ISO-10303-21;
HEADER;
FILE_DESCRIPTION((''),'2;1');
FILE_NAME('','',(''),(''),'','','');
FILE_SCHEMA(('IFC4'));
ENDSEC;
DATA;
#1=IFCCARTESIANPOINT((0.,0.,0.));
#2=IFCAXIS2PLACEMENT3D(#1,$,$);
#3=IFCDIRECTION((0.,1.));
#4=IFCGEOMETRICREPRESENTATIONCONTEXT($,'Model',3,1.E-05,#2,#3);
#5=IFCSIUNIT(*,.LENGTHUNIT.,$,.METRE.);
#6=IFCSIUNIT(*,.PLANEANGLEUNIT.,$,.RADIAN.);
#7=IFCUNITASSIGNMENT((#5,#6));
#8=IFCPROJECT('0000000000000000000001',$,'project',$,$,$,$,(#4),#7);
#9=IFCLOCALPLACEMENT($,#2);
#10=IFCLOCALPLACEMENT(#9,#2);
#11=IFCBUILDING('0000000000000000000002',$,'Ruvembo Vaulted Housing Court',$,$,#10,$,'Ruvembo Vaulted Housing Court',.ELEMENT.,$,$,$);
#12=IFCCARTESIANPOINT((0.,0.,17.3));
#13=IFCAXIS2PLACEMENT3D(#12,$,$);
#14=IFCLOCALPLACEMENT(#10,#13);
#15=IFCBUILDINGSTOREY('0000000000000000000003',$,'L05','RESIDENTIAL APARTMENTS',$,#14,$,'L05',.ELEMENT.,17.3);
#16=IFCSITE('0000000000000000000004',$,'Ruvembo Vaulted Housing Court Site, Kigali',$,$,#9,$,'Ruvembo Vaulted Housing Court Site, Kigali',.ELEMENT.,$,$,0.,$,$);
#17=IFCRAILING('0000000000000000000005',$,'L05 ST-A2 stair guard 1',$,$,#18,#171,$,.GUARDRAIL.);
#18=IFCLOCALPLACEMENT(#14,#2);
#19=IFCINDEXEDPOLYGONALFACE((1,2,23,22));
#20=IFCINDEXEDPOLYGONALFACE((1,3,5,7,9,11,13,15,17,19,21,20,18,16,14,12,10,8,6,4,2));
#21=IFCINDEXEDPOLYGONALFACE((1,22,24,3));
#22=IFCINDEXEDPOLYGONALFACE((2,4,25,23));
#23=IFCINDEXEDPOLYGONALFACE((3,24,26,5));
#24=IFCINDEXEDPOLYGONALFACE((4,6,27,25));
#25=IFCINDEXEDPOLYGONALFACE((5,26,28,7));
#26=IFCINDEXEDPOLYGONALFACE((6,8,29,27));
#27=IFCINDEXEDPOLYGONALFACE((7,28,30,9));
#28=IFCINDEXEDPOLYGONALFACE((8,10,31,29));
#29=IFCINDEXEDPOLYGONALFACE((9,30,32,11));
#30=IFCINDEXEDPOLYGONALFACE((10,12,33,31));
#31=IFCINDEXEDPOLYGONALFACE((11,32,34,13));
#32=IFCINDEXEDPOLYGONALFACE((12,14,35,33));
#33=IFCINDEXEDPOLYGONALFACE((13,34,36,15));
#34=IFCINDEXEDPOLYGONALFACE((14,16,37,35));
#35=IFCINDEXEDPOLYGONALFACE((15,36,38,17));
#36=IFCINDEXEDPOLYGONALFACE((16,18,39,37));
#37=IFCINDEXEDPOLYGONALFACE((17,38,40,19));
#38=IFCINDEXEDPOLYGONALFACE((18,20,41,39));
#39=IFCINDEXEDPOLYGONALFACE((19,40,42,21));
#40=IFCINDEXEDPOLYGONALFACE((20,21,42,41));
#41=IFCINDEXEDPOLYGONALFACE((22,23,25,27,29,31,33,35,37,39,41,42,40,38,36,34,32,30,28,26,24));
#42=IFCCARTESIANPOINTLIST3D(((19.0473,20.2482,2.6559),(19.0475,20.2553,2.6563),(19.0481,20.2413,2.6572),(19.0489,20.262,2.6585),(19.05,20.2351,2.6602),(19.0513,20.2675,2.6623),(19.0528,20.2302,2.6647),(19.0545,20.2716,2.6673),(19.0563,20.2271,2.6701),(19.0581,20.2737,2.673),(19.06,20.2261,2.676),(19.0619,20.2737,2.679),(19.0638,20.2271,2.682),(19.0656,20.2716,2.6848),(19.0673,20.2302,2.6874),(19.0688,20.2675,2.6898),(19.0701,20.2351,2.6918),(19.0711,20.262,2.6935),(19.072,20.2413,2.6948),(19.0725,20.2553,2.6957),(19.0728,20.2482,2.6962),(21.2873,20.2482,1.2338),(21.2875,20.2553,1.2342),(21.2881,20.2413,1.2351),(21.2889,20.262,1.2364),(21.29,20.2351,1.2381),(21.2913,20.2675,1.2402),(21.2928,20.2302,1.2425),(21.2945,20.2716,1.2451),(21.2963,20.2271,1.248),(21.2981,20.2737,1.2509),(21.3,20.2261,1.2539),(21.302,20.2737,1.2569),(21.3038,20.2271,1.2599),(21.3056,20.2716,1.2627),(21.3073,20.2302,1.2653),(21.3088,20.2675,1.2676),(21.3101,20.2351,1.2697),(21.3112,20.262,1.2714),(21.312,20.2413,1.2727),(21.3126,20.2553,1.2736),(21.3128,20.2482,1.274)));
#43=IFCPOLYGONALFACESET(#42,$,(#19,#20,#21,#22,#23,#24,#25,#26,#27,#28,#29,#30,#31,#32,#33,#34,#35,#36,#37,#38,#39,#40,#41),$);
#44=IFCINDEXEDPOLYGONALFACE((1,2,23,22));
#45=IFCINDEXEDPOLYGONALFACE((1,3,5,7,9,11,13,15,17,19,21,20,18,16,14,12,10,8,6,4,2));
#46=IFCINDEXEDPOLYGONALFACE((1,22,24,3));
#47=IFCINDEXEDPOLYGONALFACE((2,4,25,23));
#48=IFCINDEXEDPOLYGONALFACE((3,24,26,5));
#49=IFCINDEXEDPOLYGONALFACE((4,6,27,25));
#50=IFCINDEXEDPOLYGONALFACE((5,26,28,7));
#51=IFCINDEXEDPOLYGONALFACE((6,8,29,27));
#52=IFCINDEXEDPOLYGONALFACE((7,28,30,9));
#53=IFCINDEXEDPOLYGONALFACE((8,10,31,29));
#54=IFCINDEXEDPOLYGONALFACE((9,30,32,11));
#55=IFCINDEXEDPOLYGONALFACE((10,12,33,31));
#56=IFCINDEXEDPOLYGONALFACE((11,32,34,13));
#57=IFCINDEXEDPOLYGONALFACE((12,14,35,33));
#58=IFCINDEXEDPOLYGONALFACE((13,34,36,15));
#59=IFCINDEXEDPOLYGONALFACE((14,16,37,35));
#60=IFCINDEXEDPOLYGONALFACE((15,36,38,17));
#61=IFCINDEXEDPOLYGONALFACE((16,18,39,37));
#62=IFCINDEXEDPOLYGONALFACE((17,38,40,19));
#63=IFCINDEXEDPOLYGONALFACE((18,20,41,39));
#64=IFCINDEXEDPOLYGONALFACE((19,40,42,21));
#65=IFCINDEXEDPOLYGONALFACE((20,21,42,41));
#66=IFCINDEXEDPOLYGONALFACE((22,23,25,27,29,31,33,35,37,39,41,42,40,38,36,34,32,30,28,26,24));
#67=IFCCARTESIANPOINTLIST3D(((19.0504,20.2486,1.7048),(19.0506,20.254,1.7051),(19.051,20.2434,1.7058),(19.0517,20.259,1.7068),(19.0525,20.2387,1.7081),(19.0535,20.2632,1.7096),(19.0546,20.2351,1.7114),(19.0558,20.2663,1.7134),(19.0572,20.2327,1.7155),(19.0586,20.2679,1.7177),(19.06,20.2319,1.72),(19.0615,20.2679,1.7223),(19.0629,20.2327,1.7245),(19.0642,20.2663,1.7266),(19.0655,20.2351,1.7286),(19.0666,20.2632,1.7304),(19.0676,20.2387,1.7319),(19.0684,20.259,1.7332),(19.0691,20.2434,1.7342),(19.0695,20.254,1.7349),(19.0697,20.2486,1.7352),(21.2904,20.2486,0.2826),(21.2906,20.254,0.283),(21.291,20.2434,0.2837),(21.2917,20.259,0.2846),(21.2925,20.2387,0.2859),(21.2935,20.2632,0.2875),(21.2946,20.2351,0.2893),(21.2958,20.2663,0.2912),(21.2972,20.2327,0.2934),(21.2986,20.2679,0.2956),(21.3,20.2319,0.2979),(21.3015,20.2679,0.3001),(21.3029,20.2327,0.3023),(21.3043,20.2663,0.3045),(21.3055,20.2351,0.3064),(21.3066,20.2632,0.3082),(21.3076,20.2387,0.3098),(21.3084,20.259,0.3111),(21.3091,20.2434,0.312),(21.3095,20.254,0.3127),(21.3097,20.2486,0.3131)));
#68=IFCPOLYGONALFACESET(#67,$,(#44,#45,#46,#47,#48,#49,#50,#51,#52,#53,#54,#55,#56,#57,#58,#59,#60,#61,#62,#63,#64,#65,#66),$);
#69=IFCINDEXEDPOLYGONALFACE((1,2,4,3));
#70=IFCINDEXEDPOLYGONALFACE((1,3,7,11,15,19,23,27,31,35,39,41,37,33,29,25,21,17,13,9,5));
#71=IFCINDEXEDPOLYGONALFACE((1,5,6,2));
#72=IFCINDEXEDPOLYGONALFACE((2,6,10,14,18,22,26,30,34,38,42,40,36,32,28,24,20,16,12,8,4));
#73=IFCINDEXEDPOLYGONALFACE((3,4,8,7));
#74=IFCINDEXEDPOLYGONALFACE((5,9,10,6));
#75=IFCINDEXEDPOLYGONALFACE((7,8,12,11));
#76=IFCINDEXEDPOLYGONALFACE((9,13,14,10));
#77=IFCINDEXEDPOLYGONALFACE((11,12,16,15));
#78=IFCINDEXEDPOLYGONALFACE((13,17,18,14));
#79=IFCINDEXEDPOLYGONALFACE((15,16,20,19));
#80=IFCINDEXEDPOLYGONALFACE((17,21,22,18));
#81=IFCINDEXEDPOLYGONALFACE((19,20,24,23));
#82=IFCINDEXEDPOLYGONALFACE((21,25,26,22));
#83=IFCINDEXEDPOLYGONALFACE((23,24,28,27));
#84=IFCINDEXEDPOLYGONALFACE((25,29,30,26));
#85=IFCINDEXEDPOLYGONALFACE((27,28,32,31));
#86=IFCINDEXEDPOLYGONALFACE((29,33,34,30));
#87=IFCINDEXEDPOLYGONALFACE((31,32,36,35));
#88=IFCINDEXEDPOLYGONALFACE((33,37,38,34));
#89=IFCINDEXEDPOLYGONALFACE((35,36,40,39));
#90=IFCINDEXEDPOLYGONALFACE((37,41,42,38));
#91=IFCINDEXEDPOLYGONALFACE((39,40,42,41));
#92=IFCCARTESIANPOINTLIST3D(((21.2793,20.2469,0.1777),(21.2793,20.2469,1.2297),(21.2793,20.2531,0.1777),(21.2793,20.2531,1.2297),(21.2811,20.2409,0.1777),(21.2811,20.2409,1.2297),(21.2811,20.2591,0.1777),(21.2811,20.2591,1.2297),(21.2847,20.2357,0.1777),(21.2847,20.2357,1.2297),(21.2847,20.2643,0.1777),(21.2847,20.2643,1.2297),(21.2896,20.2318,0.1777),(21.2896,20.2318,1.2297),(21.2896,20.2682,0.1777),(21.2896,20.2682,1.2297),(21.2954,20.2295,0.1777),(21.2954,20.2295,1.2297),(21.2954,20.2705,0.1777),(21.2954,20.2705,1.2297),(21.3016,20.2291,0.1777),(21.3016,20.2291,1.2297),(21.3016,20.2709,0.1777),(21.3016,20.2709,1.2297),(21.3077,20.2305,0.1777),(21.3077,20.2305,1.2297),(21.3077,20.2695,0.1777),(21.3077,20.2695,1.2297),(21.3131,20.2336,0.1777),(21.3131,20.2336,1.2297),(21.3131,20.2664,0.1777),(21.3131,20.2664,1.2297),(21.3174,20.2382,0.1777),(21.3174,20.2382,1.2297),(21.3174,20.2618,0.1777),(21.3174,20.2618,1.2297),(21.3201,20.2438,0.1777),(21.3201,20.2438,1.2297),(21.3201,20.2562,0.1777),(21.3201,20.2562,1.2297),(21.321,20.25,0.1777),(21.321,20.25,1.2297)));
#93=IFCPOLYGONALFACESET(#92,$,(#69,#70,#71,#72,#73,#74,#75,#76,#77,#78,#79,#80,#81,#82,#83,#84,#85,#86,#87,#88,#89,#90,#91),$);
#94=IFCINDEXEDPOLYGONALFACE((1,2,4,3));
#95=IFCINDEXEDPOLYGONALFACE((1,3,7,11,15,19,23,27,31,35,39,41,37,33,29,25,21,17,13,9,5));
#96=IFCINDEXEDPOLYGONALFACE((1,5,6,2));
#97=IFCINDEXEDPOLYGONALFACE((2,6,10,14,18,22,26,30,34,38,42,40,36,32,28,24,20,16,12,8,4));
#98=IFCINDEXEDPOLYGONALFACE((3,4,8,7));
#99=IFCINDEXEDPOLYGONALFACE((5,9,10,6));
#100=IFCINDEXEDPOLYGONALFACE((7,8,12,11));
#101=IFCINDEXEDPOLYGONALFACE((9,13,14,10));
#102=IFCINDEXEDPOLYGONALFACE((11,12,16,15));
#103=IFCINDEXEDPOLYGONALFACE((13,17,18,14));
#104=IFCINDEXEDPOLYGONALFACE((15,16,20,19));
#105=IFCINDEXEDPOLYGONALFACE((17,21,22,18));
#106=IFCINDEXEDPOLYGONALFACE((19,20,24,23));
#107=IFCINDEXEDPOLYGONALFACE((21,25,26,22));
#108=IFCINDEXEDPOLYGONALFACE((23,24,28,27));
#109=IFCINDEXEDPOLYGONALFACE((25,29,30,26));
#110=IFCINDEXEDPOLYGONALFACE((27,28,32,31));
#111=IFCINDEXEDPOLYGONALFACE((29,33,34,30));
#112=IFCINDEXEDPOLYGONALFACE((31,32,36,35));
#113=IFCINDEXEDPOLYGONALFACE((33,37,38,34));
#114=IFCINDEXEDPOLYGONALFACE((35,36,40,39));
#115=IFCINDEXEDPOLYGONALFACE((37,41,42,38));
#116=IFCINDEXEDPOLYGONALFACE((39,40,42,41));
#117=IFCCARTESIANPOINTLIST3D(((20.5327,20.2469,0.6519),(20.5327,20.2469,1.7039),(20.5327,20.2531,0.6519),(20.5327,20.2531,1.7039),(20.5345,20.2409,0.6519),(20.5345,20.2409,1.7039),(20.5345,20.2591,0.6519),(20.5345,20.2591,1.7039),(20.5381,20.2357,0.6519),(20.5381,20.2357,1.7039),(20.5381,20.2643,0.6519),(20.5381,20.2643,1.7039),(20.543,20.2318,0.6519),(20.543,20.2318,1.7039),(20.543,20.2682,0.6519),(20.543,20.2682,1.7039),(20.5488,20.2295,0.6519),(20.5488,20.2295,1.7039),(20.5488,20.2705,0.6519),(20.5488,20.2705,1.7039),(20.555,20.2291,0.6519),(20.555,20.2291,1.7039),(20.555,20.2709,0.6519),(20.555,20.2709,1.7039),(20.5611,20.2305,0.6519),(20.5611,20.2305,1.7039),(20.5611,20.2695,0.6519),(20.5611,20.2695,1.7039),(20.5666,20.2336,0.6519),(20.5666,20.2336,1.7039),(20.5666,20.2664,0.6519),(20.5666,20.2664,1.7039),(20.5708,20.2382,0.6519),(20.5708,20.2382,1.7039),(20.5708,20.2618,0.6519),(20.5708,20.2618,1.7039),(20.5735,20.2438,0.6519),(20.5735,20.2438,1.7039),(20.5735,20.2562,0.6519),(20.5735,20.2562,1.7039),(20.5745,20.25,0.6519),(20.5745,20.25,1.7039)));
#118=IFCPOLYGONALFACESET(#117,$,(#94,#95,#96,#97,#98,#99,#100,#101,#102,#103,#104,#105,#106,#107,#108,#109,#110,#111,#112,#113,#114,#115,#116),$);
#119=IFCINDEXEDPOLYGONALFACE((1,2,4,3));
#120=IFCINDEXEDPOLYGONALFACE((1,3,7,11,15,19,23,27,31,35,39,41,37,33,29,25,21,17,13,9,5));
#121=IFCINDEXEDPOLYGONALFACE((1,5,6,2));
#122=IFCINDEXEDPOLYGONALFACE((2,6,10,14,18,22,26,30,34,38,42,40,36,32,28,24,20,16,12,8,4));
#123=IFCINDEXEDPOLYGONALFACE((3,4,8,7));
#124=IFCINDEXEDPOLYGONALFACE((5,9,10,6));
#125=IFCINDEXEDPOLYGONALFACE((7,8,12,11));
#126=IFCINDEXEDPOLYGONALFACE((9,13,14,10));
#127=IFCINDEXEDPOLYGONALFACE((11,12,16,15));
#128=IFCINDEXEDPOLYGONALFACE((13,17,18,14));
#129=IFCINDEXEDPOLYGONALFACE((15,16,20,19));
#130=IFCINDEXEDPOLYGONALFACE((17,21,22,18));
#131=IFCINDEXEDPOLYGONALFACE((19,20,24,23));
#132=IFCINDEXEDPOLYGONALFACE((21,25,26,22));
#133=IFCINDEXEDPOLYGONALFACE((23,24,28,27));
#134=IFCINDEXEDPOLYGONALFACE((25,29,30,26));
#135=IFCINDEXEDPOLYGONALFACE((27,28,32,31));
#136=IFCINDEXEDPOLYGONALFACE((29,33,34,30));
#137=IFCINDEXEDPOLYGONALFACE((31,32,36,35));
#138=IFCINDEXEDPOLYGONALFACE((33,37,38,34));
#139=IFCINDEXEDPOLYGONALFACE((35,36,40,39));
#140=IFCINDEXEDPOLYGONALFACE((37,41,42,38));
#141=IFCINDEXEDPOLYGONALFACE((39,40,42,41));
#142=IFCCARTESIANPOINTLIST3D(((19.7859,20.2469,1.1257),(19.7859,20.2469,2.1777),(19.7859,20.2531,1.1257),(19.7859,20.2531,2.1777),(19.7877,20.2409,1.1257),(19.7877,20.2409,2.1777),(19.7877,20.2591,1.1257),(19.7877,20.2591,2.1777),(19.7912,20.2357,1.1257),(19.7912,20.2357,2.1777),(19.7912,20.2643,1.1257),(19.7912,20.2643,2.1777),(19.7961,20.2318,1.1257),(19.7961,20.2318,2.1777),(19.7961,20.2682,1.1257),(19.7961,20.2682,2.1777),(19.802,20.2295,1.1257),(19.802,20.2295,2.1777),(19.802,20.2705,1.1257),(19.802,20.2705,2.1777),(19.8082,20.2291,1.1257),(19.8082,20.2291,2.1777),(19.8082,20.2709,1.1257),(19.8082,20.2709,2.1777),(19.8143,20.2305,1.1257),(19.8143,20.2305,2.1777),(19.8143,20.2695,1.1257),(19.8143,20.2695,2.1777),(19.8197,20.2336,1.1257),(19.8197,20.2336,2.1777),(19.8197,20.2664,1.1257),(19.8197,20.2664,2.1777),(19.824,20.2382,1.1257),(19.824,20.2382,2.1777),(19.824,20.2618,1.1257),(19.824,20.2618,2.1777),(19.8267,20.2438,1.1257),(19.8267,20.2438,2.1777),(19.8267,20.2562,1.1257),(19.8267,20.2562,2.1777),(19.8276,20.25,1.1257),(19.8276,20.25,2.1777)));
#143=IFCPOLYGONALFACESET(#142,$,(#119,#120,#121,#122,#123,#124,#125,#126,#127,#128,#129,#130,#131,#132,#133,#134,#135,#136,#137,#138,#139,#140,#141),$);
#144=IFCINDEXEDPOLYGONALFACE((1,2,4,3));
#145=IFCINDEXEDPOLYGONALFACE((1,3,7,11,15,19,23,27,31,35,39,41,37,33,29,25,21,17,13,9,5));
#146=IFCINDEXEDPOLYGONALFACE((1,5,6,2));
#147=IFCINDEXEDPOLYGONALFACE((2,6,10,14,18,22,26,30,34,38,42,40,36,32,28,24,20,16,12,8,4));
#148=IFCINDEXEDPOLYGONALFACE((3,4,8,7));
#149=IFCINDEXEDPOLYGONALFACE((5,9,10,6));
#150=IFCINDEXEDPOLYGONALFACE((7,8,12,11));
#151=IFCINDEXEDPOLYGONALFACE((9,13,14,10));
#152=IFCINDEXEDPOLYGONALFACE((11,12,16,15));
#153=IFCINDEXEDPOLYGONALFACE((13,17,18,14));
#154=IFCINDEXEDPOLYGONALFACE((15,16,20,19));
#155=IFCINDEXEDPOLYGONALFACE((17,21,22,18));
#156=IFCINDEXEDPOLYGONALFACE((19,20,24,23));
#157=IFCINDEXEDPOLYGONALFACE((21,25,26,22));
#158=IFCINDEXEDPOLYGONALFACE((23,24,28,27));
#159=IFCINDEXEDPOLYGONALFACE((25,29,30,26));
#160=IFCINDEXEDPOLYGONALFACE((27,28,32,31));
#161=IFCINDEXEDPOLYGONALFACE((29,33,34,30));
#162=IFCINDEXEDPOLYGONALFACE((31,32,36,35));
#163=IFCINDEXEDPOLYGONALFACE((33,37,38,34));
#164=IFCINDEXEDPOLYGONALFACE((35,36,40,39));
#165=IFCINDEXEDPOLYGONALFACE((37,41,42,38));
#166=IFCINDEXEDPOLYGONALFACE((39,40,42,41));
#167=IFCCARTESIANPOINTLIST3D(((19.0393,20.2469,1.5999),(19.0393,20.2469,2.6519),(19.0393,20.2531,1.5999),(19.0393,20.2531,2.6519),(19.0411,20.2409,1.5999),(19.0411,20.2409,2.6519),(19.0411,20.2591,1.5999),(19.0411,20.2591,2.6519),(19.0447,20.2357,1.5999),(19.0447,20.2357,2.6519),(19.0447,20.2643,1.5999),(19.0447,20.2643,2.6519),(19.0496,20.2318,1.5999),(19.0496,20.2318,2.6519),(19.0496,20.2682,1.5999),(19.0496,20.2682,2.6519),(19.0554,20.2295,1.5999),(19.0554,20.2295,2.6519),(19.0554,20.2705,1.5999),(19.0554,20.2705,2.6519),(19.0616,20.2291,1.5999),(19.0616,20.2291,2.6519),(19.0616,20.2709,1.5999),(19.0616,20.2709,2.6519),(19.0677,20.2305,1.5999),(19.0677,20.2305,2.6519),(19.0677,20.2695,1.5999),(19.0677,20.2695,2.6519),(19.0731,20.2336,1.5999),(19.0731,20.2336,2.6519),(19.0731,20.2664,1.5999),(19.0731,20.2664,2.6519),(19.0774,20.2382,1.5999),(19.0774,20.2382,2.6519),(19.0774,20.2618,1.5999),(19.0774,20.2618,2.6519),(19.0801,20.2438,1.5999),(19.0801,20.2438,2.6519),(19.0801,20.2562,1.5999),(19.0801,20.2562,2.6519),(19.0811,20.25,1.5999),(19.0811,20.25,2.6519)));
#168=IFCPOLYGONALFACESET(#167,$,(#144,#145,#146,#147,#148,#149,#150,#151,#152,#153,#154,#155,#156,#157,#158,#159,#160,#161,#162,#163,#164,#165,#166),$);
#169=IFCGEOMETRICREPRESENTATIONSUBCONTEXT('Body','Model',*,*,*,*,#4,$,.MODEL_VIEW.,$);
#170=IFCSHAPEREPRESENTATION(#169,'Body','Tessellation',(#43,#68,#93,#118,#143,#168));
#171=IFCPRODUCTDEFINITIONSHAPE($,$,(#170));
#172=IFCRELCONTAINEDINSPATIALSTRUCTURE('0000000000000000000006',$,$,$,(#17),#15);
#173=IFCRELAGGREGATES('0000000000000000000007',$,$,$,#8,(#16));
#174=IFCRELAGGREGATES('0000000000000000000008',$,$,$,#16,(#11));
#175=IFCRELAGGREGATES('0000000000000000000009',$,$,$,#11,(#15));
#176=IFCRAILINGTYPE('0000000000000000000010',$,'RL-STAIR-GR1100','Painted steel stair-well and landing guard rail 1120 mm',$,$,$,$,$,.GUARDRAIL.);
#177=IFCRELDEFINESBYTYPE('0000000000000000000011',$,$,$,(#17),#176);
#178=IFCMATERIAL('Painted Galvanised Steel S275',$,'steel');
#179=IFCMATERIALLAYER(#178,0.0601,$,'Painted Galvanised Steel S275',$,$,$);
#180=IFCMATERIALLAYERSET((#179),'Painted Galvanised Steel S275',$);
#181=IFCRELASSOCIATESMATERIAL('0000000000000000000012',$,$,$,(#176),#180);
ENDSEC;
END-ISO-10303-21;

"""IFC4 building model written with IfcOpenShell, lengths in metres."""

from ifc_helpers import new_model, si_unit, direction, frame, origin, origin_2d, place, context, subcontext, project, spatial, circle, extrude, material, layer, layer_set, type_object, element, save


model = new_model("IFC4")

# Units and contexts
model_context = context("Model", 3, precision=1e-05, world=origin(), true_north=direction((0.0, 1.0)))
body_context = subcontext(model_context, "Body", "Model", "MODEL_VIEW")
ifc_project = project(units=[si_unit("LENGTHUNIT", "METRE"), si_unit("PLANEANGLEUNIT", "RADIAN")], contexts=[model_context])

# Site, building, storey
site_placement = place(None, origin())
site = spatial("IfcSite", under=ifc_project, at=site_placement, Name="Ruvembo Vaulted Housing Court Site, Kigali", LongName="Ruvembo Vaulted Housing Court Site, Kigali", CompositionType="ELEMENT", RefElevation=0.0)
building_placement = place(site_placement, origin())
building = spatial("IfcBuilding", under=site, at=building_placement, Name="Ruvembo Vaulted Housing Court", LongName="Ruvembo Vaulted Housing Court", CompositionType="ELEMENT")
storey_placement = place(building_placement, frame((0.0, 0.0, 17.3)))
storey = spatial("IfcBuildingStorey", under=building, at=storey_placement, Name="L05", Description="RESIDENTIAL APARTMENTS", LongName="L05", CompositionType="ELEMENT", Elevation=17.3)

# Railing
ifc_material_1 = material(Name="Painted Galvanised Steel S275", Category="steel")
ifc_layer_1 = layer(ifc_material_1, 0.0601, Name="Painted Galvanised Steel S275")
ifc_layer_set_1 = layer_set([ifc_layer_1], Name="Painted Galvanised Steel S275")
railing_type_1 = type_object("IfcRailingType", Name="RL-STAIR-GR1100", Description="Painted steel stair-well and landing guard rail 1120 mm", PredefinedType="GUARDRAIL", material=ifc_layer_set_1)
railing_1_placement = place(storey_placement, frame((21.3, 20.25, 0.1777)))
element("IfcRailing", 1, at=railing_1_placement, inside=storey, type_object=railing_type_1, Name="L05 ST-A2 stair guard 1", PredefinedType="GUARDRAIL", context=body_context, shape_type="SweptSolid", body=[
    extrude(circle(Radius=0.0239, at=origin_2d()), frame((0.0, 0.0, 1.0762), z_axis=(-0.844229, 0.0, 0.535982), x_axis=(0.0, -1.0, 0.0)), (0.0, 0.0, 1.0), 2.6533),
    extrude(circle(Radius=0.0181, at=origin_2d()), frame((0.0, 0.0, 0.1201), z_axis=(-0.844229, 0.0, 0.535982), x_axis=(0.0, -1.0, 0.0)), (0.0, 0.0, 1.0), 2.6533),
    extrude(circle(Radius=0.021, at=origin_2d()), origin(), (0.0, 0.0, 1.0), 1.052),
    extrude(circle(Radius=0.021, at=origin_2d()), frame((-0.7466, 0.0, 0.4741)), (0.0, 0.0, 1.0), 1.052),
    extrude(circle(Radius=0.021, at=origin_2d()), frame((-1.4934, 0.0, 0.948)), (0.0, 0.0, 1.0), 1.052),
    extrude(circle(Radius=0.021, at=origin_2d()), frame((-2.24, 0.0, 1.4221)), (0.0, 0.0, 1.0), 1.052),
])

save(model, "model.ifc")
